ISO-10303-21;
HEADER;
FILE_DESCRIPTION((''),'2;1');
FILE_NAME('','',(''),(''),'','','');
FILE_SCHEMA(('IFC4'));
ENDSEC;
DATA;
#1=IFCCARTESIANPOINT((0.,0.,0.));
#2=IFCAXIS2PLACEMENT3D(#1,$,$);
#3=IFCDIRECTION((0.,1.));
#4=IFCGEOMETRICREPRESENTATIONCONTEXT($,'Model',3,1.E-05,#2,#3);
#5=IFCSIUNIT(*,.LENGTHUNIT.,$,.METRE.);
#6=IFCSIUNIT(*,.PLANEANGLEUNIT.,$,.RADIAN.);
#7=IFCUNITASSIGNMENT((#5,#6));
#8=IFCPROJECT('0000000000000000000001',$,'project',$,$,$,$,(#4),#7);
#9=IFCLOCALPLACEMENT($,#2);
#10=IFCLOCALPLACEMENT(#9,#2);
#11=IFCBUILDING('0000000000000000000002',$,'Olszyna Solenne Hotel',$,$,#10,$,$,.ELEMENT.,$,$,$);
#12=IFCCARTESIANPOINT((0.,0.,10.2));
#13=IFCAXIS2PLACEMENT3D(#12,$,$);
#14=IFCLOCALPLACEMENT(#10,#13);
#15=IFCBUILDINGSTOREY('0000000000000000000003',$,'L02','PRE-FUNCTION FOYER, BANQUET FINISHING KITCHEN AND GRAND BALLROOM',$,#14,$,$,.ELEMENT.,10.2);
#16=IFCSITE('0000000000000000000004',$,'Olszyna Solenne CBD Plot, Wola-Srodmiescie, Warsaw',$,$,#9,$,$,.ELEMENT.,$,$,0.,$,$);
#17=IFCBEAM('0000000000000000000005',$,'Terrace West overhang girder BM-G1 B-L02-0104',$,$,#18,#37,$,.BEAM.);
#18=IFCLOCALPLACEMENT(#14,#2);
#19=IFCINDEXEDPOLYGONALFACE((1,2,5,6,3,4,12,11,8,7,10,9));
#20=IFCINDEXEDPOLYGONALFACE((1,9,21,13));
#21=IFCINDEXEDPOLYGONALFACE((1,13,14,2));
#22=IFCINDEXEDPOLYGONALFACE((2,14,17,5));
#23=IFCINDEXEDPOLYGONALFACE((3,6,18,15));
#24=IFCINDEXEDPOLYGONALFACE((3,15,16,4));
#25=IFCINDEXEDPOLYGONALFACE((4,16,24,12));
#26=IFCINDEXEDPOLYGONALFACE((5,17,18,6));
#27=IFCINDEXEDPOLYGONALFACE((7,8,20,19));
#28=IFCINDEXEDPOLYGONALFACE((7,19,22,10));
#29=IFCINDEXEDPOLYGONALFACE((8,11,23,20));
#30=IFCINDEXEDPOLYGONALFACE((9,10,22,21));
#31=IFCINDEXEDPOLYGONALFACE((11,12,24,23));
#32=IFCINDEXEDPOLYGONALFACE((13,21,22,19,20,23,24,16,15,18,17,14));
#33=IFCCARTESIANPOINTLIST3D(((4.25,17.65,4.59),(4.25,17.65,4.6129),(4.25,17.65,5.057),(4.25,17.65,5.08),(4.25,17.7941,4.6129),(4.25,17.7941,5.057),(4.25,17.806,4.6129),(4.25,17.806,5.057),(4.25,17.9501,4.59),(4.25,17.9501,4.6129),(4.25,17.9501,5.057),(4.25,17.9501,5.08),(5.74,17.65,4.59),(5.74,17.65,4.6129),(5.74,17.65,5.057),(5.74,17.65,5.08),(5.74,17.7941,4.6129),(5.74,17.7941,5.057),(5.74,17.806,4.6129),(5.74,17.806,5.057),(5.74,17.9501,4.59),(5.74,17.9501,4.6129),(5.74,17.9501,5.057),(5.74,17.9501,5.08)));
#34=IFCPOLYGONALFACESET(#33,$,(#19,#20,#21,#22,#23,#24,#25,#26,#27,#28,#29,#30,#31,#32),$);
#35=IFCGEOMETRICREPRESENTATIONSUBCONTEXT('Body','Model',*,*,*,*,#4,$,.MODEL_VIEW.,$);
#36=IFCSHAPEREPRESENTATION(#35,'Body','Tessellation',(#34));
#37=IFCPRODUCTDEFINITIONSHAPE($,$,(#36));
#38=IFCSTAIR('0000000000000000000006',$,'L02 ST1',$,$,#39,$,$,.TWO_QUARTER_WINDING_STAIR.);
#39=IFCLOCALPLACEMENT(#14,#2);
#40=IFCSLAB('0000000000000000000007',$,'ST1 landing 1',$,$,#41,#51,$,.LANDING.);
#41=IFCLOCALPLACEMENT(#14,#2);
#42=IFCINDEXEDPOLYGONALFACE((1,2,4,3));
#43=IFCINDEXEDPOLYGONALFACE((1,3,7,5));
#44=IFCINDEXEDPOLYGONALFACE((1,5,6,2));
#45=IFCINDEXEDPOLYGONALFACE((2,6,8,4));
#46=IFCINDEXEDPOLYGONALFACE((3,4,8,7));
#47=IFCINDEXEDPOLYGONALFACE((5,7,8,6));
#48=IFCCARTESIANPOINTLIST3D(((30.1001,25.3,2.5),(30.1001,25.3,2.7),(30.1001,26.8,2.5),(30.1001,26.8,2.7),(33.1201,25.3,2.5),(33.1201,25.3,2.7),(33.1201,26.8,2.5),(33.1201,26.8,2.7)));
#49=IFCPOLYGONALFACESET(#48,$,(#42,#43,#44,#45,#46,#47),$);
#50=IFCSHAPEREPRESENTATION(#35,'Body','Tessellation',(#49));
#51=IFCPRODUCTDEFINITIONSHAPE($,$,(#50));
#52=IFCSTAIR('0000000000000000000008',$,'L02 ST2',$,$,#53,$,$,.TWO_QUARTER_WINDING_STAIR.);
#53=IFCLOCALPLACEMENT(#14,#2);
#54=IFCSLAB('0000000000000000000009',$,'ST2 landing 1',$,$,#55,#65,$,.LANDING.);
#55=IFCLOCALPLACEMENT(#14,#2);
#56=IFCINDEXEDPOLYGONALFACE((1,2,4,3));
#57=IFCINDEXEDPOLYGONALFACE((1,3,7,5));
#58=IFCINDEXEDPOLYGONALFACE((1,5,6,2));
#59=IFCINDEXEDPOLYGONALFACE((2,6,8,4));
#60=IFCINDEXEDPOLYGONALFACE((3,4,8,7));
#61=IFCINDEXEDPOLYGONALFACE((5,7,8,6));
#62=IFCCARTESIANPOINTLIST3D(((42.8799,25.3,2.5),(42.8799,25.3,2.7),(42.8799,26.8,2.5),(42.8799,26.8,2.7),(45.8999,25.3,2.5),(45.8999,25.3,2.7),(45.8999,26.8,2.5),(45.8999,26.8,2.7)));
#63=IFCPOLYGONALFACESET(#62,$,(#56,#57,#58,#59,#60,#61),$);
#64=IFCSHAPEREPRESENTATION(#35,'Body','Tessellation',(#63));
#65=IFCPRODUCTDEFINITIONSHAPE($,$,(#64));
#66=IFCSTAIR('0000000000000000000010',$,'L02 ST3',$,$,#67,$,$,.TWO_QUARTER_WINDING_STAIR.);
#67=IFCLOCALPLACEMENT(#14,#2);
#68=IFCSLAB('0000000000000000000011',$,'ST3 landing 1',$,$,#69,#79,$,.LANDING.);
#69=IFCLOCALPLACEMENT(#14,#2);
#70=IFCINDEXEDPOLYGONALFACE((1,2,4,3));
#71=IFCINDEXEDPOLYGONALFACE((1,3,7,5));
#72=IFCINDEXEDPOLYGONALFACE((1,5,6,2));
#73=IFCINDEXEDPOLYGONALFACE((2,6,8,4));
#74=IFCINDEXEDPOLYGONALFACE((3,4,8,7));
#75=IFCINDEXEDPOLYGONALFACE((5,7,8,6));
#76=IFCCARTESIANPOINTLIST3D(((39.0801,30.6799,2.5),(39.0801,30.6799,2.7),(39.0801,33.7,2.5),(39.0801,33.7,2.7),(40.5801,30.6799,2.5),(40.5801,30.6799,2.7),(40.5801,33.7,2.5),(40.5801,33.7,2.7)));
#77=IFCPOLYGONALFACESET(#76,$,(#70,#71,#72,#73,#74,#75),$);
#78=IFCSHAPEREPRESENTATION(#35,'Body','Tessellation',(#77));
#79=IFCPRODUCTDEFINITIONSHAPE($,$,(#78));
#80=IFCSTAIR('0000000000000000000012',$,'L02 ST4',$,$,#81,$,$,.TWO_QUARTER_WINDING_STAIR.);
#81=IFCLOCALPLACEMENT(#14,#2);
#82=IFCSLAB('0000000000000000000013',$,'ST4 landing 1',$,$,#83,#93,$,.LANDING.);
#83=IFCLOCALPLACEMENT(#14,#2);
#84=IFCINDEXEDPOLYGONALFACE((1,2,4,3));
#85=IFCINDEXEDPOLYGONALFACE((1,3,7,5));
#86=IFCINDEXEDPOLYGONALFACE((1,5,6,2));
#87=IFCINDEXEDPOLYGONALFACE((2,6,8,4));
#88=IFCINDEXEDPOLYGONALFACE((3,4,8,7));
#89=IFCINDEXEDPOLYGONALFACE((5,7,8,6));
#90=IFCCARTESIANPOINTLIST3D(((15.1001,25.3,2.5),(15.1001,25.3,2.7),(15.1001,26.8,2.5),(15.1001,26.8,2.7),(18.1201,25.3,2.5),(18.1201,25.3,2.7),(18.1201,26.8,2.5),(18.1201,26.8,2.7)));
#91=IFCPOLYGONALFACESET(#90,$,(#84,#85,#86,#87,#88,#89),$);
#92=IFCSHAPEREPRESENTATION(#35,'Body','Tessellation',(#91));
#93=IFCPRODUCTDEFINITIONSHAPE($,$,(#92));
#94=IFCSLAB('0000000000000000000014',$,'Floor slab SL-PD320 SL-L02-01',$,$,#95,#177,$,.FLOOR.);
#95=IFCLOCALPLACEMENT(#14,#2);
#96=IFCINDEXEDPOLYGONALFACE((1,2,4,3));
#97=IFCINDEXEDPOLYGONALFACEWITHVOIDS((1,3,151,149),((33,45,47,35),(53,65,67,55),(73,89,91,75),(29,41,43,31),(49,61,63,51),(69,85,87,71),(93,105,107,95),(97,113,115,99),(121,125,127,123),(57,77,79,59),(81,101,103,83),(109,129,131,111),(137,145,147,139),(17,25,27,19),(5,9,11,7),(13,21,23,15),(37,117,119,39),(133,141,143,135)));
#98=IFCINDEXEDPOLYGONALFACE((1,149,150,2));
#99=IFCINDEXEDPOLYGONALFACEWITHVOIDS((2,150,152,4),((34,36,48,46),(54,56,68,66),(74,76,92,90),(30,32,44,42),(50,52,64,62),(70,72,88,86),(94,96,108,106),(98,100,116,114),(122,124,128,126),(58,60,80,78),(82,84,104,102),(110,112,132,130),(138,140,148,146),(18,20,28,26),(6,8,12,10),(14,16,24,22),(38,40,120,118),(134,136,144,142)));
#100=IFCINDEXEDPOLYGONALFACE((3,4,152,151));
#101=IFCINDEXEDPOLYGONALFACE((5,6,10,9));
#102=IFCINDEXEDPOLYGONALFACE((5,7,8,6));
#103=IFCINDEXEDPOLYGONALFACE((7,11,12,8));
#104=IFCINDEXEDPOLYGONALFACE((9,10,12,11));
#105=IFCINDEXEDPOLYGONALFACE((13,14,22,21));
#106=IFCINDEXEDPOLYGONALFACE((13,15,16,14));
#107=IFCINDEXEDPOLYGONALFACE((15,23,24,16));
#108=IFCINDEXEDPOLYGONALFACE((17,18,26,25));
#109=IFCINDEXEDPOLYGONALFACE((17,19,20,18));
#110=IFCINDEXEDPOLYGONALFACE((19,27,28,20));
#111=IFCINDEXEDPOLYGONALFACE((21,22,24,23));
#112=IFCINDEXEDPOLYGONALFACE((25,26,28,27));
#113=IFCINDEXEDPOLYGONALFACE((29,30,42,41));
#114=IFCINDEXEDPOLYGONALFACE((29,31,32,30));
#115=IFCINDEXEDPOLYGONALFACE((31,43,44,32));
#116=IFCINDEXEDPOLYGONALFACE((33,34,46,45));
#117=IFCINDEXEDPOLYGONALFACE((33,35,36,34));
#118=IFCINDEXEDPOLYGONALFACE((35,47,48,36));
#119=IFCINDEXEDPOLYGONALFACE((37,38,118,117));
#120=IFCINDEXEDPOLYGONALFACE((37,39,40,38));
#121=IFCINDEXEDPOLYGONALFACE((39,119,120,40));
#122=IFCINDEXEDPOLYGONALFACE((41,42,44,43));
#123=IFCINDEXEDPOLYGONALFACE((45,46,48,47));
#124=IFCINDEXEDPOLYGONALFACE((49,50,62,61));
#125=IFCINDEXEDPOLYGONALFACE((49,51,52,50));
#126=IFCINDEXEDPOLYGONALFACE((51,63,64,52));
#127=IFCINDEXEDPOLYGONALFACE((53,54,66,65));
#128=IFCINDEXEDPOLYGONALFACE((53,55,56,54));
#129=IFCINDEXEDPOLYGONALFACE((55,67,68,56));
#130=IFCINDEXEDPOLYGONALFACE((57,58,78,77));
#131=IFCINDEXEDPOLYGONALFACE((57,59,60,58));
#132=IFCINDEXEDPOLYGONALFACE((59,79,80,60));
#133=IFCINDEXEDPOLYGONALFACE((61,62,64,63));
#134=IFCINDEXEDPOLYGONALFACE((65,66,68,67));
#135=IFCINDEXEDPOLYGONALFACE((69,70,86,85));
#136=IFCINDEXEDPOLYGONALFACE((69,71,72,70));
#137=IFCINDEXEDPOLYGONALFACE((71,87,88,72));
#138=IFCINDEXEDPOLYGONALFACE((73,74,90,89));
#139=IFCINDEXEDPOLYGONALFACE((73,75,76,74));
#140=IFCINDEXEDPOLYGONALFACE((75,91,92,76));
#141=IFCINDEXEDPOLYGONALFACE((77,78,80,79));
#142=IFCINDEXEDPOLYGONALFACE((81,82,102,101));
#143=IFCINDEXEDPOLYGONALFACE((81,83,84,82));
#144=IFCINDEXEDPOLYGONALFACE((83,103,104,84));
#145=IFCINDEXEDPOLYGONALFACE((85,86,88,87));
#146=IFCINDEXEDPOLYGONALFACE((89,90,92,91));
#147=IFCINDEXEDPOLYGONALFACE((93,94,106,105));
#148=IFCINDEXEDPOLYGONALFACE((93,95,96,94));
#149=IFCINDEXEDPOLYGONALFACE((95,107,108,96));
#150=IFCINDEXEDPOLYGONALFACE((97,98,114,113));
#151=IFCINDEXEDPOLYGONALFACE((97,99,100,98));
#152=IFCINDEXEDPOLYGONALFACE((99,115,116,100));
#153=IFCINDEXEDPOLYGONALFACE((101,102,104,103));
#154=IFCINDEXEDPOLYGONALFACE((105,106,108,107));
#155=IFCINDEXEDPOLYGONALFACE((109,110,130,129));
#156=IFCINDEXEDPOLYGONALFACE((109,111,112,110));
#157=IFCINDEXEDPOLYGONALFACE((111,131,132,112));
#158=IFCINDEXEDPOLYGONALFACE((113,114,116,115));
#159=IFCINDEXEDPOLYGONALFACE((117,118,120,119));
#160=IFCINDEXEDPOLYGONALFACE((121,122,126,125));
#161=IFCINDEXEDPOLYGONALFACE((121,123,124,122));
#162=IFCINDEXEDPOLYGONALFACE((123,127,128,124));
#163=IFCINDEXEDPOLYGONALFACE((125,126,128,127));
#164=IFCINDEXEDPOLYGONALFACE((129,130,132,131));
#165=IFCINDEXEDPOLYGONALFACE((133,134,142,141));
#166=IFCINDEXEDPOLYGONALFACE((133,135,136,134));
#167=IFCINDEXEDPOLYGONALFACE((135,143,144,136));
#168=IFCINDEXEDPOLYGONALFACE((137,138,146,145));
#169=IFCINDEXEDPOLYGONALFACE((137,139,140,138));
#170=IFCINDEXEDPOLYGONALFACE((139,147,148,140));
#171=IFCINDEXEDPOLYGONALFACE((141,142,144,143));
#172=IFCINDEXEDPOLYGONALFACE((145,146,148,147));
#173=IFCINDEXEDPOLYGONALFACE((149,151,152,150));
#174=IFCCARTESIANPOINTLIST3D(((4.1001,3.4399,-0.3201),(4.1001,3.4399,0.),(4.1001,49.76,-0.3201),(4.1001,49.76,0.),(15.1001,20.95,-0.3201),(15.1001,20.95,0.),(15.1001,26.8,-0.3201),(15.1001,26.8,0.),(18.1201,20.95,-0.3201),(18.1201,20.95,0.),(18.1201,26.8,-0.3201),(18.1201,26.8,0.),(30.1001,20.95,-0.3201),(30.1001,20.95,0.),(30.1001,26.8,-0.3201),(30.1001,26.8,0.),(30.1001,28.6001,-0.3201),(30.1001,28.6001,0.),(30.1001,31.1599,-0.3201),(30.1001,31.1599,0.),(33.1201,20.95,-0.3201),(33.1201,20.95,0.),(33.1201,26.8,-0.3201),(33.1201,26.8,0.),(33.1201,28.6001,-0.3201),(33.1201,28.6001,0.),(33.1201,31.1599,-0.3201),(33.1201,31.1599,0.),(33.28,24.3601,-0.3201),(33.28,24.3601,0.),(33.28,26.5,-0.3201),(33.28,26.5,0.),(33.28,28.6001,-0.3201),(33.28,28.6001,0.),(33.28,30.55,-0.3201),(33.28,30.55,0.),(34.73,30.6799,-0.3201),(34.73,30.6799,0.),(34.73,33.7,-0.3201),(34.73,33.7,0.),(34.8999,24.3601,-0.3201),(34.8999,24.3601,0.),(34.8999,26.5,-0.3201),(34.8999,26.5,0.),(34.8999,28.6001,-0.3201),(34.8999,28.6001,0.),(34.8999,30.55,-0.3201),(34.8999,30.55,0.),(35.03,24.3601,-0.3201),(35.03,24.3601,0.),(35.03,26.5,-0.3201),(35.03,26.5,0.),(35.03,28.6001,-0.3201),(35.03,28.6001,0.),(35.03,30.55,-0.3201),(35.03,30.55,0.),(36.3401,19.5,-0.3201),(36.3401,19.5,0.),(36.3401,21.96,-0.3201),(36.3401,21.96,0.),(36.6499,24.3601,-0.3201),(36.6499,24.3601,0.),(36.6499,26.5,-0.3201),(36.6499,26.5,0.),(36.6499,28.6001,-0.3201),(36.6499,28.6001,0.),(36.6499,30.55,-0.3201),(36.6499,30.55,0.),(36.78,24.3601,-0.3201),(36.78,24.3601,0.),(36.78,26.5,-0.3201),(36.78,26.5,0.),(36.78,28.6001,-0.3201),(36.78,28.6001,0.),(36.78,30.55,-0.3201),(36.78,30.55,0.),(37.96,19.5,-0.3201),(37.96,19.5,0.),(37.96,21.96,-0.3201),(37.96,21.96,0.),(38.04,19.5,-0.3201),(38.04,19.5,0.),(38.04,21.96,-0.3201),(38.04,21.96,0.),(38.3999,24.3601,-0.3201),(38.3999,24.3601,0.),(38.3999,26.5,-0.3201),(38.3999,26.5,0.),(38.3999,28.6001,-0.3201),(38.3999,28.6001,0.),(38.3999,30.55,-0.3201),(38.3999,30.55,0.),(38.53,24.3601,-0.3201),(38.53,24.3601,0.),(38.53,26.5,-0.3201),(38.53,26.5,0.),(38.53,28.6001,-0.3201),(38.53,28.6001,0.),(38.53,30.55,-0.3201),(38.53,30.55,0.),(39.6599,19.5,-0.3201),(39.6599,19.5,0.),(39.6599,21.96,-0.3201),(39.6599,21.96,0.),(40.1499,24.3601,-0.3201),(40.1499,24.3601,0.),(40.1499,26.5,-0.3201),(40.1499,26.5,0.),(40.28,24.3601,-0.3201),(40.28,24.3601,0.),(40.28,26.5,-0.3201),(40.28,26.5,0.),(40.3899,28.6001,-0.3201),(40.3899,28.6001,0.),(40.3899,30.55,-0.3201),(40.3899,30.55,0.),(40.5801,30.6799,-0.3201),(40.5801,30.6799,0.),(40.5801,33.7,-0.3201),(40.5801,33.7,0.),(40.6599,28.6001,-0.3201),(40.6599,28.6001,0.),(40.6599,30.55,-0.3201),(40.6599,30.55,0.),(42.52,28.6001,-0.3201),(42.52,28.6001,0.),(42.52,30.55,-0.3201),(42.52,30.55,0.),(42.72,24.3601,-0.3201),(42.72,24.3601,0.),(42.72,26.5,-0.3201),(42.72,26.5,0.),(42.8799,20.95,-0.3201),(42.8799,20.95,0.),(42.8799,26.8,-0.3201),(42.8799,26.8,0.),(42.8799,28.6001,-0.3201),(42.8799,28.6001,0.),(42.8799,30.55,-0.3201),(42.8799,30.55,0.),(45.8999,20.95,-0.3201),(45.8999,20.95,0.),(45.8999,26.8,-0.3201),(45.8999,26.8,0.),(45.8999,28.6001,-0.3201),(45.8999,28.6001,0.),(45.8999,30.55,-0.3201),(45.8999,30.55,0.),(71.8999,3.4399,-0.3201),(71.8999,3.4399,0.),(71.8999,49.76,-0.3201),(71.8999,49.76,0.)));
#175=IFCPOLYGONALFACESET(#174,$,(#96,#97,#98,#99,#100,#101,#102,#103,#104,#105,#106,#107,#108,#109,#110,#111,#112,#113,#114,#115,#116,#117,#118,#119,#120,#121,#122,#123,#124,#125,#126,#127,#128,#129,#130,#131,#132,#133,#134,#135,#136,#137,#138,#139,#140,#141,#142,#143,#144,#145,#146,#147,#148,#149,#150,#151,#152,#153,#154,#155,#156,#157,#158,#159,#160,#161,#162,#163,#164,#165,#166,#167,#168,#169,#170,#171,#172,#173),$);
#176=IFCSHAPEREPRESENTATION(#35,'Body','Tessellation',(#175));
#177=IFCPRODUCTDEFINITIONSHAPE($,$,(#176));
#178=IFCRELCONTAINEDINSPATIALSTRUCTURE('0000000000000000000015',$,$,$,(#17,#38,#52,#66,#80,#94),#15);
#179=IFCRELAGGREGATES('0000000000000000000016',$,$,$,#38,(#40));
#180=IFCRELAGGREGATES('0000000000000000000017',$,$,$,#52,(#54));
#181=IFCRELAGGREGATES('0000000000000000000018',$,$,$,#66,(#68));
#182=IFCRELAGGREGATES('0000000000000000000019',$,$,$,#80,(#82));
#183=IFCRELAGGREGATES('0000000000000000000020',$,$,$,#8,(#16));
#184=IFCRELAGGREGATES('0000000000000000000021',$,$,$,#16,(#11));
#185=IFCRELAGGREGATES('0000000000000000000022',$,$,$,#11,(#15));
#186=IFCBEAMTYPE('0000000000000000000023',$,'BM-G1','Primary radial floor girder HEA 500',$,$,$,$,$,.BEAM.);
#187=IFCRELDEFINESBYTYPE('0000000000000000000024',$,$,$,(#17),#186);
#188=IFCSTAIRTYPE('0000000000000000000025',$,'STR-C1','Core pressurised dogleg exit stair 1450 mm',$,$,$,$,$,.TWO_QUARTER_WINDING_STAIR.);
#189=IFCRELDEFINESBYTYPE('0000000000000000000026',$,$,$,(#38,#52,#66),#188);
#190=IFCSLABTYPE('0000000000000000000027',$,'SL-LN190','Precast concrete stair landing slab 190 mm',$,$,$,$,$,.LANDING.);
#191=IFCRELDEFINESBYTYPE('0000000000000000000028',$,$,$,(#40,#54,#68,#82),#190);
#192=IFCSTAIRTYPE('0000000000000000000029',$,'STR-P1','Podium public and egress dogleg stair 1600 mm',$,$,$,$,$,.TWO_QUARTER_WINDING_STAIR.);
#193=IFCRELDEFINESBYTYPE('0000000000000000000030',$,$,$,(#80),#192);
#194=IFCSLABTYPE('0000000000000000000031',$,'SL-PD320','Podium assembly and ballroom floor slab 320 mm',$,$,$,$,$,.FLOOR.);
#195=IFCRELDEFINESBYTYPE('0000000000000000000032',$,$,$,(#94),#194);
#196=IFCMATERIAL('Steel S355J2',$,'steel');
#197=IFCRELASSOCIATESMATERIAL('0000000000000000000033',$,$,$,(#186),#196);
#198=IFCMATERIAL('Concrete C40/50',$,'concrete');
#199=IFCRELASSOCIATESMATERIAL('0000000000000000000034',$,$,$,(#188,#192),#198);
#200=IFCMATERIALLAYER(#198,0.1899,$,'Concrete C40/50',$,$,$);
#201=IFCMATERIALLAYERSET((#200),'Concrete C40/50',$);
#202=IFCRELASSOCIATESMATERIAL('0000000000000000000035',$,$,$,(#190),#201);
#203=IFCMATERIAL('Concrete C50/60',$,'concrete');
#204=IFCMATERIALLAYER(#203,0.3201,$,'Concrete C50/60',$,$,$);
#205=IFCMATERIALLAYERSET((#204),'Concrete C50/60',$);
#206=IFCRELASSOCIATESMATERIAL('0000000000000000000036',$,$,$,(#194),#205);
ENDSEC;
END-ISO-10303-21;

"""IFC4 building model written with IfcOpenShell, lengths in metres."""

from ifc_helpers import new_model, si_unit, direction, frame, origin, origin_2d, place, context, subcontext, project, spatial, polyline, i_section, outline, extrude, source, transform, mapped, material, layer, layer_set, material_profile, profile_set, type_object, element, aggregate, save


model = new_model("IFC4")

# Units and contexts
model_context = context("Model", 3, precision=1e-05, world=origin(), true_north=direction((0.0, 1.0)))
body_context = subcontext(model_context, "Body", "Model", "MODEL_VIEW")
ifc_project = project(units=[si_unit("LENGTHUNIT", "METRE"), si_unit("PLANEANGLEUNIT", "RADIAN")], contexts=[model_context])

# Site, building, storey
site_placement = place(None, origin())
site = spatial("IfcSite", under=ifc_project, at=site_placement, Name="Olszyna Solenne CBD Plot, Wola-Srodmiescie, Warsaw", CompositionType="ELEMENT", RefElevation=0.0)
building_placement = place(site_placement, origin())
building = spatial("IfcBuilding", under=site, at=building_placement, Name="Olszyna Solenne Hotel", CompositionType="ELEMENT")
storey_placement = place(building_placement, frame((0.0, 0.0, 10.2)))
storey = spatial("IfcBuildingStorey", under=building, at=storey_placement, Name="L02", Description="PRE-FUNCTION FOYER, BANQUET FINISHING KITCHEN AND GRAND BALLROOM", CompositionType="ELEMENT", Elevation=10.2)

# Shared definitions
ifc_material_1 = material(Name="Concrete C50/60", Category="concrete")

# Beam
ifc_material_2 = material(Name="Steel S355J2", Category="steel")
ifc_material_profile_1 = material_profile(ifc_material_2, i_section(OverallWidth=0.3, OverallDepth=0.49, WebThickness=0.012, FlangeThickness=0.0229, at=origin_2d()), Name="HEA 500", Category="load-bearing")
ifc_profile_set_1 = profile_set([ifc_material_profile_1], Name="Steel S355J2")
beam_type_1 = type_object("IfcBeamType", Name="BM-G1", Description="Primary radial floor girder HEA 500", PredefinedType="BEAM", material=ifc_profile_set_1)
shared_shape_1 = source(origin(), body_context, "Body", "SweptSolid", [
    extrude(i_section(OverallWidth=0.3, OverallDepth=0.49, WebThickness=0.012, FlangeThickness=0.0229, at=origin_2d()), origin(), (0.0, 0.0, 1.0), 1.49),
])
for number, where, z_axis, x_axis, name in (
    (1, (4.25, 17.8, 4.835), (1.0, 0.0, 0.0), (0.0, 1.0, 0.0), "Terrace West overhang girder BM-G1 B-L02-0104"),
):
    element("IfcBeam", number, at=place(storey_placement, frame(where, z_axis=z_axis, x_axis=x_axis)), inside=storey, type_object=beam_type_1, Name=name, PredefinedType="BEAM", context=body_context, shape_type="MappedRepresentation", body=[
        mapped(shared_shape_1, transform((0.0, 0.0, 0.0), x_axis=(1.0, 0.0, 0.0), y_axis=(0.0, 1.0, 0.0), z_axis=(0.0, 0.0, 1.0), scale=1.0)),
    ])

# Stairs, slabs
ifc_material_3 = material(Name="Concrete C40/50", Category="concrete")
stair_type_1 = type_object("IfcStairType", Name="STR-C1", Description="Core pressurised dogleg exit stair 1450 mm", PredefinedType="TWO_QUARTER_WINDING_STAIR", material=ifc_material_3)
stair_1_placement = place(storey_placement, origin())
stair_1 = element("IfcStair", 2, at=stair_1_placement, inside=storey, type_object=stair_type_1, Name="L02 ST1", PredefinedType="TWO_QUARTER_WINDING_STAIR")
ifc_layer_1 = layer(ifc_material_3, 0.1899, Name="Concrete C40/50")
ifc_layer_set_1 = layer_set([ifc_layer_1], Name="Concrete C40/50")
slab_type_1 = type_object("IfcSlabType", Name="SL-LN190", Description="Precast concrete stair landing slab 190 mm", PredefinedType="LANDING", material=ifc_layer_set_1)
slab_1_placement = place(storey_placement, frame((0.0, 0.0, 2.5)))
slab_1 = element("IfcSlab", 3, at=slab_1_placement, type_object=slab_type_1, Name="ST1 landing 1", PredefinedType="LANDING", context=body_context, shape_type="SweptSolid", body=[
    extrude(outline(polyline([(33.1201, 25.3), (33.1201, 26.8), (30.1001, 26.8), (30.1001, 25.3), (33.1201, 25.3)])), origin(), (0.0, 0.0, 1.0), 0.2),
])
aggregate(stair_1, [slab_1])
stair_2_placement = place(storey_placement, origin())
stair_2 = element("IfcStair", 4, at=stair_2_placement, inside=storey, type_object=stair_type_1, Name="L02 ST2", PredefinedType="TWO_QUARTER_WINDING_STAIR")
slab_2_placement = place(storey_placement, frame((0.0, 0.0, 2.5)))
slab_2 = element("IfcSlab", 5, at=slab_2_placement, type_object=slab_type_1, Name="ST2 landing 1", PredefinedType="LANDING", context=body_context, shape_type="SweptSolid", body=[
    extrude(outline(polyline([(45.8999, 25.3), (45.8999, 26.8), (42.8799, 26.8), (42.8799, 25.3), (45.8999, 25.3)])), origin(), (0.0, 0.0, 1.0), 0.2),
])
aggregate(stair_2, [slab_2])
stair_3_placement = place(storey_placement, origin())
stair_3 = element("IfcStair", 6, at=stair_3_placement, inside=storey, type_object=stair_type_1, Name="L02 ST3", PredefinedType="TWO_QUARTER_WINDING_STAIR")
slab_3_placement = place(storey_placement, frame((0.0, 0.0, 2.5)))
slab_3 = element("IfcSlab", 7, at=slab_3_placement, type_object=slab_type_1, Name="ST3 landing 1", PredefinedType="LANDING", context=body_context, shape_type="SweptSolid", body=[
    extrude(outline(polyline([(39.0801, 30.6799), (40.5801, 30.6799), (40.5801, 33.7), (39.0801, 33.7), (39.0801, 30.6799)])), origin(), (0.0, 0.0, 1.0), 0.2),
])
aggregate(stair_3, [slab_3])
stair_type_2 = type_object("IfcStairType", Name="STR-P1", Description="Podium public and egress dogleg stair 1600 mm", PredefinedType="TWO_QUARTER_WINDING_STAIR", material=ifc_material_3)
stair_4_placement = place(storey_placement, origin())
stair_4 = element("IfcStair", 8, at=stair_4_placement, inside=storey, type_object=stair_type_2, Name="L02 ST4", PredefinedType="TWO_QUARTER_WINDING_STAIR")
slab_4_placement = place(storey_placement, frame((0.0, 0.0, 2.5)))
slab_4 = element("IfcSlab", 9, at=slab_4_placement, type_object=slab_type_1, Name="ST4 landing 1", PredefinedType="LANDING", context=body_context, shape_type="SweptSolid", body=[
    extrude(outline(polyline([(18.1201, 25.3), (18.1201, 26.8), (15.1001, 26.8), (15.1001, 25.3), (18.1201, 25.3)])), origin(), (0.0, 0.0, 1.0), 0.2),
])
aggregate(stair_4, [slab_4])

# Slab
ifc_layer_2 = layer(ifc_material_1, 0.3201, Name="Concrete C50/60")
ifc_layer_set_2 = layer_set([ifc_layer_2], Name="Concrete C50/60")
slab_type_2 = type_object("IfcSlabType", Name="SL-PD320", Description="Podium assembly and ballroom floor slab 320 mm", PredefinedType="FLOOR", material=ifc_layer_set_2)
slab_5_placement = place(storey_placement, frame((0.0, 0.0, -0.3201)))
element("IfcSlab", 10, at=slab_5_placement, inside=storey, type_object=slab_type_2, Name="Floor slab SL-PD320 SL-L02-01", PredefinedType="FLOOR", context=body_context, shape_type="SweptSolid", body=[
    extrude(outline(polyline([(4.1001, 3.4399), (71.8999, 3.4399), (71.8999, 49.76), (4.1001, 49.76), (4.1001, 3.4399)]), holes=[polyline([(30.1001, 20.95), (33.1201, 20.95), (33.1201, 26.8), (30.1001, 26.8), (30.1001, 20.95)]), polyline([(42.8799, 20.95), (45.8999, 20.95), (45.8999, 26.8), (42.8799, 26.8), (42.8799, 20.95)]), polyline([(34.73, 30.6799), (40.5801, 30.6799), (40.5801, 33.7), (34.73, 33.7), (34.73, 30.6799)]), polyline([(15.1001, 20.95), (18.1201, 20.95), (18.1201, 26.8), (15.1001, 26.8), (15.1001, 20.95)]), polyline([(36.3401, 19.5), (37.96, 19.5), (37.96, 21.96), (36.3401, 21.96), (36.3401, 19.5)]), polyline([(38.04, 19.5), (39.6599, 19.5), (39.6599, 21.96), (38.04, 21.96), (38.04, 19.5)]), polyline([(30.1001, 28.6001), (33.1201, 28.6001), (33.1201, 31.1599), (30.1001, 31.1599), (30.1001, 28.6001)]), polyline([(33.28, 24.3601), (34.8999, 24.3601), (34.8999, 26.5), (33.28, 26.5), (33.28, 24.3601)]), polyline([(35.03, 24.3601), (36.6499, 24.3601), (36.6499, 26.5), (35.03, 26.5), (35.03, 24.3601)]), polyline([(36.78, 24.3601), (38.3999, 24.3601), (38.3999, 26.5), (36.78, 26.5), (36.78, 24.3601)]), polyline([(38.53, 24.3601), (40.1499, 24.3601), (40.1499, 26.5), (38.53, 26.5), (38.53, 24.3601)]), polyline([(40.28, 24.3601), (42.72, 24.3601), (42.72, 26.5), (40.28, 26.5), (40.28, 24.3601)]), polyline([(33.28, 28.6001), (34.8999, 28.6001), (34.8999, 30.55), (33.28, 30.55), (33.28, 28.6001)]), polyline([(35.03, 28.6001), (36.6499, 28.6001), (36.6499, 30.55), (35.03, 30.55), (35.03, 28.6001)]), polyline([(36.78, 28.6001), (38.3999, 28.6001), (38.3999, 30.55), (36.78, 30.55), (36.78, 28.6001)]), polyline([(38.53, 28.6001), (40.3899, 28.6001), (40.3899, 30.55), (38.53, 30.55), (38.53, 28.6001)]), polyline([(40.6599, 28.6001), (42.52, 28.6001), (42.52, 30.55), (40.6599, 30.55), (40.6599, 28.6001)]), polyline([(42.8799, 28.6001), (45.8999, 28.6001), (45.8999, 30.55), (42.8799, 30.55), (42.8799, 28.6001)])]), origin(), (0.0, 0.0, 1.0), 0.3201),
])

save(model, "model.ifc")
